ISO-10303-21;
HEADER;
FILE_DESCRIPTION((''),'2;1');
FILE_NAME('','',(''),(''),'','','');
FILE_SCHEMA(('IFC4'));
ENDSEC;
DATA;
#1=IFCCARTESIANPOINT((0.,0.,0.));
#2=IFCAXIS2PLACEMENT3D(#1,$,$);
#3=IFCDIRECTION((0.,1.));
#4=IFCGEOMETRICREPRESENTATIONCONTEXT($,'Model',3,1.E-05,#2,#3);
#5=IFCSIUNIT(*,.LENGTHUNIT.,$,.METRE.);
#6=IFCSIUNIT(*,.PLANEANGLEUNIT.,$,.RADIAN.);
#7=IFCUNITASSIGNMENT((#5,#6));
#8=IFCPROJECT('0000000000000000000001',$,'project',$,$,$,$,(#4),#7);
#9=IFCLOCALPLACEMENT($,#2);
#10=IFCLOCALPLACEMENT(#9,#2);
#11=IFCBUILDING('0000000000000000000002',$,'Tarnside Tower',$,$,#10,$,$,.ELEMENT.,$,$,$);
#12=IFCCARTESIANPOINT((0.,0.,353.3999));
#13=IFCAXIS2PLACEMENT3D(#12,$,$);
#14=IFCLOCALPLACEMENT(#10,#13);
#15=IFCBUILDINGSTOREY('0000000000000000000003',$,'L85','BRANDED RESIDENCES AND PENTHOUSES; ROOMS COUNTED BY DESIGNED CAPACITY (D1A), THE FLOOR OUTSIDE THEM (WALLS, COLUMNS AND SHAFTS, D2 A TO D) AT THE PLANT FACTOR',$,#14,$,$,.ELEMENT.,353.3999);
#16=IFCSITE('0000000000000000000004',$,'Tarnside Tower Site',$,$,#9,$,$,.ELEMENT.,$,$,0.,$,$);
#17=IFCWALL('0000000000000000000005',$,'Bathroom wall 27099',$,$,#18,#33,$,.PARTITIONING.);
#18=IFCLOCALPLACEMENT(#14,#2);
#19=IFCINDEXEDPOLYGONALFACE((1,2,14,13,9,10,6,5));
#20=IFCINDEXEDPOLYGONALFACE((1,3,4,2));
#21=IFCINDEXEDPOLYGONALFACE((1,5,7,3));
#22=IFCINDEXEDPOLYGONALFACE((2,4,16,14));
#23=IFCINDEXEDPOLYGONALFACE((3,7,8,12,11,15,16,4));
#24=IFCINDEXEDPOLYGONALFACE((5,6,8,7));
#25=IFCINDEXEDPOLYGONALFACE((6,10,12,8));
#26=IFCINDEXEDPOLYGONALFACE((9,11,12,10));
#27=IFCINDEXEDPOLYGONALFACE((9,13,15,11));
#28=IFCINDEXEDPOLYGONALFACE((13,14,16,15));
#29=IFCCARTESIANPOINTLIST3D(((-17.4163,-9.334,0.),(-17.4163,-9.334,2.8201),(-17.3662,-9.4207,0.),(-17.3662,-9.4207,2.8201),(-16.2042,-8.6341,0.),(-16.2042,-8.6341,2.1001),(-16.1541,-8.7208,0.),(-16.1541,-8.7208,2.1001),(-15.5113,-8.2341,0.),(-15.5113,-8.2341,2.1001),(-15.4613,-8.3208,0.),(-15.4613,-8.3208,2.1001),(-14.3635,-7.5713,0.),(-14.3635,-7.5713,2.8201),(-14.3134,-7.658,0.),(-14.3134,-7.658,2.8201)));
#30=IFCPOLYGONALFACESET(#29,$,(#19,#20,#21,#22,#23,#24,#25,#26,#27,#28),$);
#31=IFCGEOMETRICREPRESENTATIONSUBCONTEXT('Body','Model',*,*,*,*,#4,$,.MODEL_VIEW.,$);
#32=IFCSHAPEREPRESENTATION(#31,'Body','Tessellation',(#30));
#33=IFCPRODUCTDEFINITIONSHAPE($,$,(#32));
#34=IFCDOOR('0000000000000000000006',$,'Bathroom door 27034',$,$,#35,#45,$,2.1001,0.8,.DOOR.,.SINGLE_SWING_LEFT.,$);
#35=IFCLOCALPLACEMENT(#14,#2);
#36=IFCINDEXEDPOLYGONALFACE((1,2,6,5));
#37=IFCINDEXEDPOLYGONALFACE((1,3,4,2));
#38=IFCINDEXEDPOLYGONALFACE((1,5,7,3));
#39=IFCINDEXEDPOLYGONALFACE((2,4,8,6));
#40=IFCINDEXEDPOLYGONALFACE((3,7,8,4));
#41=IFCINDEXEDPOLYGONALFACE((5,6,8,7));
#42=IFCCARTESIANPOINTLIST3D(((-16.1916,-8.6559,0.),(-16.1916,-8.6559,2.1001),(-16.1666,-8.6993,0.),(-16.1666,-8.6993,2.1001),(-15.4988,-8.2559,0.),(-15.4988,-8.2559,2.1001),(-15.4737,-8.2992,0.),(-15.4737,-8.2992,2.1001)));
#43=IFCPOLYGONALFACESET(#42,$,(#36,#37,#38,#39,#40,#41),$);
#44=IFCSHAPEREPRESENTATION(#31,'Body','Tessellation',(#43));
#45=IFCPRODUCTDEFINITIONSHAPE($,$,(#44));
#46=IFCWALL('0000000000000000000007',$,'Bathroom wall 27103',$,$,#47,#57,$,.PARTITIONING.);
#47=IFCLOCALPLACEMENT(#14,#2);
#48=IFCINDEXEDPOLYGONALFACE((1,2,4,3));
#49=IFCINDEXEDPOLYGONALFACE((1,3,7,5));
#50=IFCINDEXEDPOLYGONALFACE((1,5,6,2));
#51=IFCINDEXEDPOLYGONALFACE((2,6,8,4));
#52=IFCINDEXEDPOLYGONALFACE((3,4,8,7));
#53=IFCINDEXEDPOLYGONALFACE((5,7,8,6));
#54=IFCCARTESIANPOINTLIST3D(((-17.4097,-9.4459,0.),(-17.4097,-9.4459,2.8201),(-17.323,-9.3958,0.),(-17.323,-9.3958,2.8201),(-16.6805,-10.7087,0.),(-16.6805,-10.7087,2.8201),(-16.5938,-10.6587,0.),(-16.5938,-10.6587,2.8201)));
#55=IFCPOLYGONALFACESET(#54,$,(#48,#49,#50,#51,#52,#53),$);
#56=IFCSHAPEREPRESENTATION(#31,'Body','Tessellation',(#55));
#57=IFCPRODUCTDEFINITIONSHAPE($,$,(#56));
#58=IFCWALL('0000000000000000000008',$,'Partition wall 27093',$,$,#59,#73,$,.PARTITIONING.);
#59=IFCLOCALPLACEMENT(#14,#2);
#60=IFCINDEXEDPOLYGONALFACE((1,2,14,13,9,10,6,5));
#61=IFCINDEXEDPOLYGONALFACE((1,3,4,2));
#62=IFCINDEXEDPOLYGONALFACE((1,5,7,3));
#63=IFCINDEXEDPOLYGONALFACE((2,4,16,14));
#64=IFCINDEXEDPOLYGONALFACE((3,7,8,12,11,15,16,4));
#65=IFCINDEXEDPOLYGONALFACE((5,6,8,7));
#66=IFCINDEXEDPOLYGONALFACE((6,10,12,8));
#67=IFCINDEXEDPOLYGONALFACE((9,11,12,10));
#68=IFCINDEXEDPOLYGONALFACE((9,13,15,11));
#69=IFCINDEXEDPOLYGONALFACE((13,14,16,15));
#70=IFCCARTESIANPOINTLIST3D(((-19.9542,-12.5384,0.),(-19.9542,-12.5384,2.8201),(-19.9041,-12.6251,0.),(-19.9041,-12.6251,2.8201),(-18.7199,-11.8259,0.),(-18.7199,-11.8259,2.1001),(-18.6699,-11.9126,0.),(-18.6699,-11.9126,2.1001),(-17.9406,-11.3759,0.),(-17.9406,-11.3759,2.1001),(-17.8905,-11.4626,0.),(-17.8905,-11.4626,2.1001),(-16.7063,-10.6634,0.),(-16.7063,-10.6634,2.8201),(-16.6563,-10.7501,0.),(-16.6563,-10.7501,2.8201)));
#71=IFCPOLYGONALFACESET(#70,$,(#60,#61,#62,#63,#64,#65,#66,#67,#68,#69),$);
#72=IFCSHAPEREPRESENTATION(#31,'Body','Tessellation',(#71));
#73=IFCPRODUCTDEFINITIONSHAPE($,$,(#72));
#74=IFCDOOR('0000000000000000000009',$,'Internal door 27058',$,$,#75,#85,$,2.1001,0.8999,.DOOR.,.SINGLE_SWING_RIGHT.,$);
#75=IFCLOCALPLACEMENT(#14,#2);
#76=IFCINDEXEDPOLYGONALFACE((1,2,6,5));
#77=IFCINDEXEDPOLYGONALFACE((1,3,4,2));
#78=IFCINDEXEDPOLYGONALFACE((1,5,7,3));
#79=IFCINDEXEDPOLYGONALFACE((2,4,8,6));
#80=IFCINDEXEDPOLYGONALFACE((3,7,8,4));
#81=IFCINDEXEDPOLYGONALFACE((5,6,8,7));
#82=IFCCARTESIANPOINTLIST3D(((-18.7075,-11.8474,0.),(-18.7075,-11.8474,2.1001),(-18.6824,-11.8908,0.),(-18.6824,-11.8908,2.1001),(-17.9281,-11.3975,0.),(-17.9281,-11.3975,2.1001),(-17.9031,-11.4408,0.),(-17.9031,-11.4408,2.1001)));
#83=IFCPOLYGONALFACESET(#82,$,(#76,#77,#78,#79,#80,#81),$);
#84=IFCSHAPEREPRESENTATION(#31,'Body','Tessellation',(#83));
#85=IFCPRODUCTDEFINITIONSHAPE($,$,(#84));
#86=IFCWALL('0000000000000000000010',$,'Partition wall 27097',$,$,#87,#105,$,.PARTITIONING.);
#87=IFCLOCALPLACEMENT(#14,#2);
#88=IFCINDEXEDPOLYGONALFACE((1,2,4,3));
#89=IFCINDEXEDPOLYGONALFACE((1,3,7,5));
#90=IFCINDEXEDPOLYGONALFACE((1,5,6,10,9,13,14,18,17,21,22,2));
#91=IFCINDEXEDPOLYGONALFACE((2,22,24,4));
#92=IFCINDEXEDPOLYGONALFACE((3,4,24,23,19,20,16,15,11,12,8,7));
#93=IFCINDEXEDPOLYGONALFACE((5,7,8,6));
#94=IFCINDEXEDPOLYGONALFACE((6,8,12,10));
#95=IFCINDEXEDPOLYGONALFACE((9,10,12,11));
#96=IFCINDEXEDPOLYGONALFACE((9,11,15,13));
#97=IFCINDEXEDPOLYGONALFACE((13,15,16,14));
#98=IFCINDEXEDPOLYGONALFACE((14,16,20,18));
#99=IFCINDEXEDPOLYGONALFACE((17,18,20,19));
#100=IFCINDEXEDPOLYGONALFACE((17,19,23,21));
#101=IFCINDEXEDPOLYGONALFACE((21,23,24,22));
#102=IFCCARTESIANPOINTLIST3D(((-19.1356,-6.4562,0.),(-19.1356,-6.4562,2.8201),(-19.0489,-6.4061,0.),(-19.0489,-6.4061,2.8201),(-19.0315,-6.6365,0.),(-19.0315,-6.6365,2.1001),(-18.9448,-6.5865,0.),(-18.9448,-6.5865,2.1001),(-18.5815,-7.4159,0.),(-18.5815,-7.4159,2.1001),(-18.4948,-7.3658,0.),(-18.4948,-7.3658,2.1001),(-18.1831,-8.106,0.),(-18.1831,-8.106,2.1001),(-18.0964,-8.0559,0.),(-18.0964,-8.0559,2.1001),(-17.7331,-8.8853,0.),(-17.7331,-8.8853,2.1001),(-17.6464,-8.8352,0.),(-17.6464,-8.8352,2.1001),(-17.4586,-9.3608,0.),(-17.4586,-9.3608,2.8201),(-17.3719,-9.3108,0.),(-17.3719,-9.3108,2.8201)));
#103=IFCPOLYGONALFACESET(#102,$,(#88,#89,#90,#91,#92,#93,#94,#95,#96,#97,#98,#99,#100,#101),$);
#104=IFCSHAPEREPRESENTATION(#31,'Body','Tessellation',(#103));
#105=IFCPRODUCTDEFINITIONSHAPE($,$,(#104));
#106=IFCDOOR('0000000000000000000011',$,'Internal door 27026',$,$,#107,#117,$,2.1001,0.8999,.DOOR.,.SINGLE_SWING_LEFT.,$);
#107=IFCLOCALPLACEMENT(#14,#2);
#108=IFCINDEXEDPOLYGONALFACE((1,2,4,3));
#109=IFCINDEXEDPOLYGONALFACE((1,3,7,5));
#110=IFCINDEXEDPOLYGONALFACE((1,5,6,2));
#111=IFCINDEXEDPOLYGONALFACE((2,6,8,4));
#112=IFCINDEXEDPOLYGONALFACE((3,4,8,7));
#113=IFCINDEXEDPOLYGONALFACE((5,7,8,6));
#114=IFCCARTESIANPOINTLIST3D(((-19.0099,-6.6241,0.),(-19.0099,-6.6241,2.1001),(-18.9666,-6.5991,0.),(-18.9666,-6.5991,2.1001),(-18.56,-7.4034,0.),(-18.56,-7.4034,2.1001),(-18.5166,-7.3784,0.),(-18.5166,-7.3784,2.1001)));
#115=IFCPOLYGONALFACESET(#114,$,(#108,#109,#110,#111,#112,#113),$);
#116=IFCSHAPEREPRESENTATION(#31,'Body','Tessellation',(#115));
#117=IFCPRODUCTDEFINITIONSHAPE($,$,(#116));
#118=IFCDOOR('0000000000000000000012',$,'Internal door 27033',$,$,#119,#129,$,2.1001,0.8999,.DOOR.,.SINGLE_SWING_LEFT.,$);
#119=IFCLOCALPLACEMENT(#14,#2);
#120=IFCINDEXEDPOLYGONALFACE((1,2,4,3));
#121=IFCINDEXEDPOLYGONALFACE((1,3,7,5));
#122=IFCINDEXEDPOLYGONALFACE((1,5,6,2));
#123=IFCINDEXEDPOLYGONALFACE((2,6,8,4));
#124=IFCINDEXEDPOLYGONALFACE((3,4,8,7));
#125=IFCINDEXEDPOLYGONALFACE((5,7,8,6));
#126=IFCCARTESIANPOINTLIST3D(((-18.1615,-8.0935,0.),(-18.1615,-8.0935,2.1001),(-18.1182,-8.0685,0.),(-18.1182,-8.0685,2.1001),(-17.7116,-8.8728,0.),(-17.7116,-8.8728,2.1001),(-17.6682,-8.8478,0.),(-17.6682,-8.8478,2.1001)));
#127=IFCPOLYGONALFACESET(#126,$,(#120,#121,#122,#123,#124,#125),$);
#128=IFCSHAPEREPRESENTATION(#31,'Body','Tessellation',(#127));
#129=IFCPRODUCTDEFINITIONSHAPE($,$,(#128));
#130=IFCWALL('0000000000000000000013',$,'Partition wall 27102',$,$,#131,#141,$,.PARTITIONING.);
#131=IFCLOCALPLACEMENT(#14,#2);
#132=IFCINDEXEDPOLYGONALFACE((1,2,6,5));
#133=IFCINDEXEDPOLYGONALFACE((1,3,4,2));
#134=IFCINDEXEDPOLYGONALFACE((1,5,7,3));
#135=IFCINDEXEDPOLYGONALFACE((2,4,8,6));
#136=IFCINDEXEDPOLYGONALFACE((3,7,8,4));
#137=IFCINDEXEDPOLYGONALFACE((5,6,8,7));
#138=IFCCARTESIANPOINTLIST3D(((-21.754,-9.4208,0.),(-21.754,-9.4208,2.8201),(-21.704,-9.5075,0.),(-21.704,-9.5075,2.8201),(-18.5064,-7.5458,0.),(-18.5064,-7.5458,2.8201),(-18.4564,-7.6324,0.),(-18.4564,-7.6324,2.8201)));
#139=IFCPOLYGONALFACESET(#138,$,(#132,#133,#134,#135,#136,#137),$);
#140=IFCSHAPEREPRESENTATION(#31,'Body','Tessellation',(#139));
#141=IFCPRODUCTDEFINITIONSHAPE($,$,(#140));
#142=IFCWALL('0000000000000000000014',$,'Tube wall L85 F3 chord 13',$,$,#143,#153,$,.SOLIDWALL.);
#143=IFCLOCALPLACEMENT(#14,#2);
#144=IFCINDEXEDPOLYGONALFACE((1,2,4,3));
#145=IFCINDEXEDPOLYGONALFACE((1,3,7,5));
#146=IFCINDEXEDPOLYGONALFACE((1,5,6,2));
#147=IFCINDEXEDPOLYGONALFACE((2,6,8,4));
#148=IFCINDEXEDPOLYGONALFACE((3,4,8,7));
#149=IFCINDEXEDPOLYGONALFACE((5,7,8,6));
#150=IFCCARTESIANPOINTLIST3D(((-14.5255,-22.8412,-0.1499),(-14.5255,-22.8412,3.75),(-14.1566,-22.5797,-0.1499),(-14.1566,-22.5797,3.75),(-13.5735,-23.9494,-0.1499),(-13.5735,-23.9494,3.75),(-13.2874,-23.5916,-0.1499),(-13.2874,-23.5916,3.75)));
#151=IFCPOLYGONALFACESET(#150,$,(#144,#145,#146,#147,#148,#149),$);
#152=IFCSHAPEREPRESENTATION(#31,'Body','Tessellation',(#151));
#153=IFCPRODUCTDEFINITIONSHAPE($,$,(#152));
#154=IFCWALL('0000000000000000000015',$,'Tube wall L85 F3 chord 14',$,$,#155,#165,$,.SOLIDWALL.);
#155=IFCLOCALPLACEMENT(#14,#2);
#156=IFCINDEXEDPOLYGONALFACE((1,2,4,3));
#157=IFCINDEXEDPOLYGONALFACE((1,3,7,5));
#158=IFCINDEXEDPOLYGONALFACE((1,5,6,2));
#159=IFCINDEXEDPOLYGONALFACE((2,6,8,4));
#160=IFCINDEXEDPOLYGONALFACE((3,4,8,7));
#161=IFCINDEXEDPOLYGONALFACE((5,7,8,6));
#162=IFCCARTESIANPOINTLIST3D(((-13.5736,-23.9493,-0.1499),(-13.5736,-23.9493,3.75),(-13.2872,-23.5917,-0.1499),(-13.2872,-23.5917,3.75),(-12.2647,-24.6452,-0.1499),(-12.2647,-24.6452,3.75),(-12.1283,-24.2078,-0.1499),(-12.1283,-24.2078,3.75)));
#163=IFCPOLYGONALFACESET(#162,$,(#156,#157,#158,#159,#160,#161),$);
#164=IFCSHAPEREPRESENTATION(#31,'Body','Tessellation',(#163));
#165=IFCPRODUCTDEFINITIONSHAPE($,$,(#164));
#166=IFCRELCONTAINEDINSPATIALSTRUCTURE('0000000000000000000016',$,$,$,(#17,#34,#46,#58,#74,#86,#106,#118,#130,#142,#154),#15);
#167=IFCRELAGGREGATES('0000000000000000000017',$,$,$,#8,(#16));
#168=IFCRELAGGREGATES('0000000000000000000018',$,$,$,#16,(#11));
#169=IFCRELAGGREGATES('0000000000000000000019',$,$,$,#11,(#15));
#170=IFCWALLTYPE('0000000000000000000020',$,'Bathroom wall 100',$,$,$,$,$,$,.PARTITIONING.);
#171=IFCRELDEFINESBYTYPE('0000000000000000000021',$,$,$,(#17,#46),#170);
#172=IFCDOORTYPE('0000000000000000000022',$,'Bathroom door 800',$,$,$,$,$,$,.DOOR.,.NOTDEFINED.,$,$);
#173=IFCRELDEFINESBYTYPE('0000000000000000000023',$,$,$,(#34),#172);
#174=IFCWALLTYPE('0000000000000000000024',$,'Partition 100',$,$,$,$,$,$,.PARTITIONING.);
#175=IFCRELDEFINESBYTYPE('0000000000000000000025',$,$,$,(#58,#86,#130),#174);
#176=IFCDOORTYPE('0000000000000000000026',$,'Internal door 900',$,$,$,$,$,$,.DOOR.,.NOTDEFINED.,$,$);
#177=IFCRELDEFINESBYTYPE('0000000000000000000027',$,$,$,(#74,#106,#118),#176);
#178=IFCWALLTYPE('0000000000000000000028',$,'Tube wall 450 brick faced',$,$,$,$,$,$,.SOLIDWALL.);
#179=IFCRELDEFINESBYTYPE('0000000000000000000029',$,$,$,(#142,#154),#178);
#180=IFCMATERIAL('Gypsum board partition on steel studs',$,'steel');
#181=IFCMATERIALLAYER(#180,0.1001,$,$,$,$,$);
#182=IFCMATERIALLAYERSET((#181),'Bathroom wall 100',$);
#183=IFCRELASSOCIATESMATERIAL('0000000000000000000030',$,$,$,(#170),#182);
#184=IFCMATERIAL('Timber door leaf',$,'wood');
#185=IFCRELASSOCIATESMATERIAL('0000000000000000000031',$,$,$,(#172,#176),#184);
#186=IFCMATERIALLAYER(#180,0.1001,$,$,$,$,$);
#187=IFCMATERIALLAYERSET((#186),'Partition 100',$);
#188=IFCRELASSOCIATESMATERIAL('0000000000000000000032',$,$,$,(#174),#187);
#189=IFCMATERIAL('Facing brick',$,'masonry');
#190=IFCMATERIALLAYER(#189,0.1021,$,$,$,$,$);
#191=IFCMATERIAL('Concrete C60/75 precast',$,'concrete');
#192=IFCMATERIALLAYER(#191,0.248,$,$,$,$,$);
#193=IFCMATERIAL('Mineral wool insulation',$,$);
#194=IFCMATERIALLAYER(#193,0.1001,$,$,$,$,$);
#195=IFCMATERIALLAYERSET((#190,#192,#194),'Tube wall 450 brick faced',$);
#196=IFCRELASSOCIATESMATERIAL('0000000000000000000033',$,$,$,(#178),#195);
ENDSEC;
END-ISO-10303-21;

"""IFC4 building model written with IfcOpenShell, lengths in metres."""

from ifc_helpers import new_model, si_unit, direction, frame, frame_2d, origin, place, context, subcontext, project, spatial, polyline, rectangle, outline, extrude, material, layer, layer_set, type_object, element, fill, save


model = new_model("IFC4")

# Units and contexts
model_context = context("Model", 3, precision=1e-05, world=origin(), true_north=direction((0.0, 1.0)))
body_context = subcontext(model_context, "Body", "Model", "MODEL_VIEW")
ifc_project = project(units=[si_unit("LENGTHUNIT", "METRE"), si_unit("PLANEANGLEUNIT", "RADIAN")], contexts=[model_context])

# Site, building, storey
site_placement = place(None, origin())
site = spatial("IfcSite", under=ifc_project, at=site_placement, Name="Tarnside Tower Site", CompositionType="ELEMENT", RefElevation=0.0)
building_placement = place(site_placement, origin())
building = spatial("IfcBuilding", under=site, at=building_placement, Name="Tarnside Tower", CompositionType="ELEMENT")
storey_placement = place(building_placement, frame((0.0, 0.0, 353.3999)))
storey = spatial("IfcBuildingStorey", under=building, at=storey_placement, Name="L85", Description="BRANDED RESIDENCES AND PENTHOUSES; ROOMS COUNTED BY DESIGNED CAPACITY (D1A), THE FLOOR OUTSIDE THEM (WALLS, COLUMNS AND SHAFTS, D2 A TO D) AT THE PLANT FACTOR", CompositionType="ELEMENT", Elevation=353.3999)

# Shared definitions
ifc_material_1 = material(Name="Gypsum board partition on steel studs", Category="steel")
ifc_layer_1 = layer(ifc_material_1, 0.1001)
ifc_layer_set_1 = layer_set([ifc_layer_1], Name="Bathroom wall 100")
wall_type_1 = type_object("IfcWallType", Name="Bathroom wall 100", PredefinedType="PARTITIONING", material=ifc_layer_set_1)

# Wall, opening, door
wall_1_placement = place(storey_placement, frame((-17.3914, -9.3774, 0.0), z_axis=(0.0, 0.0, 1.0), x_axis=(0.866001, 0.500042, 0.0)))
wall_1 = element("IfcWall", 1, at=wall_1_placement, inside=storey, type_object=wall_type_1, Name="Bathroom wall 27099", PredefinedType="PARTITIONING", context=body_context, shape_type="SweptSolid", body=[
    extrude(rectangle(XDim=3.5251, YDim=0.1001, at=frame_2d((1.7627, 0.0))), origin(), (0.0, 0.0, 1.0), 2.8201),
])
opening_1_placement = place(wall_1_placement, frame((1.3999, 0.0, 0.0)))
opening_1 = element("IfcOpeningElement", 2, at=opening_1_placement, cuts=wall_1, PredefinedType="OPENING", context=body_context, shape_type="SweptSolid", body=[
    extrude(rectangle(XDim=0.8, YDim=2.1001, at=frame_2d((0.3999, 1.05))), frame((0.0, 0.0601, 0.0), z_axis=(0.0, -1.0, 0.0), x_axis=(1.0, 0.0, 0.0)), (0.0, 0.0, 1.0), 0.1201),
])
ifc_material_2 = material(Name="Timber door leaf", Category="wood")
door_type_1 = type_object("IfcDoorType", Name="Bathroom door 800", OperationType="NOTDEFINED", PredefinedType="DOOR", material=ifc_material_2)
door_1_placement = place(opening_1_placement, origin())
door_1 = element("IfcDoor", 3, at=door_1_placement, inside=storey, type_object=door_type_1, Name="Bathroom door 27034", OperationType="SINGLE_SWING_LEFT", OverallHeight=2.1001, OverallWidth=0.8, PredefinedType="DOOR", context=body_context, shape_type="SweptSolid", body=[
    extrude(rectangle(XDim=0.8, YDim=2.1001, at=frame_2d((0.3999, 1.05))), frame((0.0, 0.0249, 0.0), z_axis=(0.0, -1.0, 0.0), x_axis=(1.0, 0.0, 0.0)), (0.0, 0.0, 1.0), 0.05),
])
fill(opening_1, door_1)

# Wall
wall_2_placement = place(storey_placement, frame((-16.6372, -10.6836, 0.0), z_axis=(0.0, 0.0, 1.0), x_axis=(-0.500046, 0.865999, 0.0)))
element("IfcWall", 4, at=wall_2_placement, inside=storey, type_object=wall_type_1, Name="Bathroom wall 27103", PredefinedType="PARTITIONING", context=body_context, shape_type="SweptSolid", body=[
    extrude(rectangle(XDim=1.4583, YDim=0.1001, at=frame_2d((0.729, 0.0))), origin(), (0.0, 0.0, 1.0), 2.8201),
])

# Wall, opening, door
ifc_layer_2 = layer(ifc_material_1, 0.1001)
ifc_layer_set_2 = layer_set([ifc_layer_2], Name="Partition 100")
wall_type_2 = type_object("IfcWallType", Name="Partition 100", PredefinedType="PARTITIONING", material=ifc_layer_set_2)
wall_3_placement = place(storey_placement, frame((-16.6814, -10.7068, 0.0), z_axis=(0.0, 0.0, 1.0), x_axis=(-0.866039, -0.499976, 0.0)))
wall_3 = element("IfcWall", 5, at=wall_3_placement, inside=storey, type_object=wall_type_2, Name="Partition wall 27093", PredefinedType="PARTITIONING", context=body_context, shape_type="SweptSolid", body=[
    extrude(rectangle(XDim=3.7502, YDim=0.1001, at=frame_2d((1.875, 0.0))), origin(), (0.0, 0.0, 1.0), 2.8201),
])
opening_2_placement = place(wall_3_placement, frame((1.425, 0.0, 0.0)))
opening_2 = element("IfcOpeningElement", 6, at=opening_2_placement, cuts=wall_3, PredefinedType="OPENING", context=body_context, shape_type="SweptSolid", body=[
    extrude(rectangle(XDim=0.8999, YDim=2.1001, at=frame_2d((0.45, 1.05))), frame((0.0, 0.0601, 0.0), z_axis=(0.0, -1.0, 0.0), x_axis=(1.0, 0.0, 0.0)), (0.0, 0.0, 1.0), 0.1201),
])
door_type_2 = type_object("IfcDoorType", Name="Internal door 900", OperationType="NOTDEFINED", PredefinedType="DOOR", material=ifc_material_2)
door_2_placement = place(opening_2_placement, origin())
door_2 = element("IfcDoor", 7, at=door_2_placement, inside=storey, type_object=door_type_2, Name="Internal door 27058", OperationType="SINGLE_SWING_RIGHT", OverallHeight=2.1001, OverallWidth=0.8999, PredefinedType="DOOR", context=body_context, shape_type="SweptSolid", body=[
    extrude(rectangle(XDim=0.8999, YDim=2.1001, at=frame_2d((0.45, 1.05))), frame((0.0, 0.0249, 0.0), z_axis=(0.0, -1.0, 0.0), x_axis=(1.0, 0.0, 0.0)), (0.0, 0.0, 1.0), 0.05),
])
fill(opening_2, door_2)

# Wall, openings, doors
wall_4_placement = place(storey_placement, frame((-19.0923, -6.4312, 0.0), z_axis=(0.0, 0.0, 1.0), x_axis=(0.500014, -0.866017, 0.0)))
wall_4 = element("IfcWall", 8, at=wall_4_placement, inside=storey, type_object=wall_type_2, Name="Partition wall 27097", PredefinedType="PARTITIONING", context=body_context, shape_type="SweptSolid", body=[
    extrude(rectangle(XDim=3.354, YDim=0.1001, at=frame_2d((1.677, 0.0))), origin(), (0.0, 0.0, 1.0), 2.8201),
])
opening_3_placement = place(wall_4_placement, frame((0.2083, 0.0, 0.0)))
opening_3 = element("IfcOpeningElement", 9, at=opening_3_placement, cuts=wall_4, PredefinedType="OPENING", context=body_context, shape_type="SweptSolid", body=[
    extrude(rectangle(XDim=0.8999, YDim=2.1001, at=frame_2d((0.45, 1.05))), frame((0.0, 0.0601, 0.0), z_axis=(0.0, -1.0, 0.0), x_axis=(1.0, 0.0, 0.0)), (0.0, 0.0, 1.0), 0.1201),
])
opening_4_placement = place(wall_4_placement, frame((1.905, 0.0, 0.0)))
opening_4 = element("IfcOpeningElement", 10, at=opening_4_placement, cuts=wall_4, PredefinedType="OPENING", context=body_context, shape_type="SweptSolid", body=[
    extrude(rectangle(XDim=0.8999, YDim=2.1001, at=frame_2d((0.45, 1.05))), frame((0.0, 0.0601, 0.0), z_axis=(0.0, -1.0, 0.0), x_axis=(1.0, 0.0, 0.0)), (0.0, 0.0, 1.0), 0.1201),
])
door_3_placement = place(opening_3_placement, origin())
door_3 = element("IfcDoor", 11, at=door_3_placement, inside=storey, type_object=door_type_2, Name="Internal door 27026", OperationType="SINGLE_SWING_LEFT", OverallHeight=2.1001, OverallWidth=0.8999, PredefinedType="DOOR", context=body_context, shape_type="SweptSolid", body=[
    extrude(rectangle(XDim=0.8999, YDim=2.1001, at=frame_2d((0.45, 1.05))), frame((0.0, 0.0249, 0.0), z_axis=(0.0, -1.0, 0.0), x_axis=(1.0, 0.0, 0.0)), (0.0, 0.0, 1.0), 0.05),
])
fill(opening_3, door_3)
door_4_placement = place(opening_4_placement, origin())
door_4 = element("IfcDoor", 12, at=door_4_placement, inside=storey, type_object=door_type_2, Name="Internal door 27033", OperationType="SINGLE_SWING_LEFT", OverallHeight=2.1001, OverallWidth=0.8999, PredefinedType="DOOR", context=body_context, shape_type="SweptSolid", body=[
    extrude(rectangle(XDim=0.8999, YDim=2.1001, at=frame_2d((0.45, 1.05))), frame((0.0, 0.0249, 0.0), z_axis=(0.0, -1.0, 0.0), x_axis=(1.0, 0.0, 0.0)), (0.0, 0.0, 1.0), 0.05),
])
fill(opening_4, door_4)

# Walls
wall_5_placement = place(storey_placement, frame((-21.729, -9.4641, 0.0), z_axis=(0.0, 0.0, 1.0), x_axis=(0.866023, 0.500004, 0.0)))
element("IfcWall", 13, at=wall_5_placement, inside=storey, type_object=wall_type_2, Name="Partition wall 27102", PredefinedType="PARTITIONING", context=body_context, shape_type="SweptSolid", body=[
    extrude(rectangle(XDim=3.75, YDim=0.1001, at=frame_2d((1.875, 0.0))), origin(), (0.0, 0.0, 1.0), 2.8201),
])
ifc_material_3 = material(Name="Facing brick", Category="masonry")
ifc_layer_3 = layer(ifc_material_3, 0.1021)
ifc_material_4 = material(Name="Concrete C60/75 precast", Category="concrete")
ifc_layer_4 = layer(ifc_material_4, 0.248)
ifc_material_5 = material(Name="Mineral wool insulation")
ifc_layer_5 = layer(ifc_material_5, 0.1001)
ifc_layer_set_3 = layer_set([ifc_layer_3, ifc_layer_4, ifc_layer_5], Name="Tube wall 450 brick faced")
wall_type_3 = type_object("IfcWallType", Name="Tube wall 450 brick faced", PredefinedType="SOLIDWALL", material=ifc_layer_set_3)
wall_6_placement = place(storey_placement, frame((-14.3411, -22.7104, -0.1499), z_axis=(0.0, 0.0, 1.0), x_axis=(0.651625, -0.758541, 0.0)))
element("IfcWall", 14, at=wall_6_placement, inside=storey, type_object=wall_type_3, Name="Tube wall L85 F3 chord 13", PredefinedType="SOLIDWALL", context=body_context, shape_type="SweptSolid", body=[
    extrude(outline(polyline([(-0.021, -0.2251), (1.4399, -0.2251), (1.355, 0.2251), (0.021, 0.2251), (-0.021, -0.2251)])), origin(), (0.0, 0.0, 1.0), 3.8999),
])
wall_7_placement = place(storey_placement, frame((-13.4304, -23.7705, -0.1499), z_axis=(0.0, 0.0, 1.0), x_axis=(0.882966, -0.469436, 0.0)))
element("IfcWall", 15, at=wall_7_placement, inside=storey, type_object=wall_type_3, Name="Tube wall L85 F3 chord 14", PredefinedType="SOLIDWALL", context=body_context, shape_type="SweptSolid", body=[
    extrude(outline(polyline([(-0.0425, -0.2251), (1.4399, -0.2251), (1.355, 0.2251), (0.0425, 0.2251), (-0.0425, -0.2251)])), origin(), (0.0, 0.0, 1.0), 3.8999),
])

save(model, "model.ifc")
